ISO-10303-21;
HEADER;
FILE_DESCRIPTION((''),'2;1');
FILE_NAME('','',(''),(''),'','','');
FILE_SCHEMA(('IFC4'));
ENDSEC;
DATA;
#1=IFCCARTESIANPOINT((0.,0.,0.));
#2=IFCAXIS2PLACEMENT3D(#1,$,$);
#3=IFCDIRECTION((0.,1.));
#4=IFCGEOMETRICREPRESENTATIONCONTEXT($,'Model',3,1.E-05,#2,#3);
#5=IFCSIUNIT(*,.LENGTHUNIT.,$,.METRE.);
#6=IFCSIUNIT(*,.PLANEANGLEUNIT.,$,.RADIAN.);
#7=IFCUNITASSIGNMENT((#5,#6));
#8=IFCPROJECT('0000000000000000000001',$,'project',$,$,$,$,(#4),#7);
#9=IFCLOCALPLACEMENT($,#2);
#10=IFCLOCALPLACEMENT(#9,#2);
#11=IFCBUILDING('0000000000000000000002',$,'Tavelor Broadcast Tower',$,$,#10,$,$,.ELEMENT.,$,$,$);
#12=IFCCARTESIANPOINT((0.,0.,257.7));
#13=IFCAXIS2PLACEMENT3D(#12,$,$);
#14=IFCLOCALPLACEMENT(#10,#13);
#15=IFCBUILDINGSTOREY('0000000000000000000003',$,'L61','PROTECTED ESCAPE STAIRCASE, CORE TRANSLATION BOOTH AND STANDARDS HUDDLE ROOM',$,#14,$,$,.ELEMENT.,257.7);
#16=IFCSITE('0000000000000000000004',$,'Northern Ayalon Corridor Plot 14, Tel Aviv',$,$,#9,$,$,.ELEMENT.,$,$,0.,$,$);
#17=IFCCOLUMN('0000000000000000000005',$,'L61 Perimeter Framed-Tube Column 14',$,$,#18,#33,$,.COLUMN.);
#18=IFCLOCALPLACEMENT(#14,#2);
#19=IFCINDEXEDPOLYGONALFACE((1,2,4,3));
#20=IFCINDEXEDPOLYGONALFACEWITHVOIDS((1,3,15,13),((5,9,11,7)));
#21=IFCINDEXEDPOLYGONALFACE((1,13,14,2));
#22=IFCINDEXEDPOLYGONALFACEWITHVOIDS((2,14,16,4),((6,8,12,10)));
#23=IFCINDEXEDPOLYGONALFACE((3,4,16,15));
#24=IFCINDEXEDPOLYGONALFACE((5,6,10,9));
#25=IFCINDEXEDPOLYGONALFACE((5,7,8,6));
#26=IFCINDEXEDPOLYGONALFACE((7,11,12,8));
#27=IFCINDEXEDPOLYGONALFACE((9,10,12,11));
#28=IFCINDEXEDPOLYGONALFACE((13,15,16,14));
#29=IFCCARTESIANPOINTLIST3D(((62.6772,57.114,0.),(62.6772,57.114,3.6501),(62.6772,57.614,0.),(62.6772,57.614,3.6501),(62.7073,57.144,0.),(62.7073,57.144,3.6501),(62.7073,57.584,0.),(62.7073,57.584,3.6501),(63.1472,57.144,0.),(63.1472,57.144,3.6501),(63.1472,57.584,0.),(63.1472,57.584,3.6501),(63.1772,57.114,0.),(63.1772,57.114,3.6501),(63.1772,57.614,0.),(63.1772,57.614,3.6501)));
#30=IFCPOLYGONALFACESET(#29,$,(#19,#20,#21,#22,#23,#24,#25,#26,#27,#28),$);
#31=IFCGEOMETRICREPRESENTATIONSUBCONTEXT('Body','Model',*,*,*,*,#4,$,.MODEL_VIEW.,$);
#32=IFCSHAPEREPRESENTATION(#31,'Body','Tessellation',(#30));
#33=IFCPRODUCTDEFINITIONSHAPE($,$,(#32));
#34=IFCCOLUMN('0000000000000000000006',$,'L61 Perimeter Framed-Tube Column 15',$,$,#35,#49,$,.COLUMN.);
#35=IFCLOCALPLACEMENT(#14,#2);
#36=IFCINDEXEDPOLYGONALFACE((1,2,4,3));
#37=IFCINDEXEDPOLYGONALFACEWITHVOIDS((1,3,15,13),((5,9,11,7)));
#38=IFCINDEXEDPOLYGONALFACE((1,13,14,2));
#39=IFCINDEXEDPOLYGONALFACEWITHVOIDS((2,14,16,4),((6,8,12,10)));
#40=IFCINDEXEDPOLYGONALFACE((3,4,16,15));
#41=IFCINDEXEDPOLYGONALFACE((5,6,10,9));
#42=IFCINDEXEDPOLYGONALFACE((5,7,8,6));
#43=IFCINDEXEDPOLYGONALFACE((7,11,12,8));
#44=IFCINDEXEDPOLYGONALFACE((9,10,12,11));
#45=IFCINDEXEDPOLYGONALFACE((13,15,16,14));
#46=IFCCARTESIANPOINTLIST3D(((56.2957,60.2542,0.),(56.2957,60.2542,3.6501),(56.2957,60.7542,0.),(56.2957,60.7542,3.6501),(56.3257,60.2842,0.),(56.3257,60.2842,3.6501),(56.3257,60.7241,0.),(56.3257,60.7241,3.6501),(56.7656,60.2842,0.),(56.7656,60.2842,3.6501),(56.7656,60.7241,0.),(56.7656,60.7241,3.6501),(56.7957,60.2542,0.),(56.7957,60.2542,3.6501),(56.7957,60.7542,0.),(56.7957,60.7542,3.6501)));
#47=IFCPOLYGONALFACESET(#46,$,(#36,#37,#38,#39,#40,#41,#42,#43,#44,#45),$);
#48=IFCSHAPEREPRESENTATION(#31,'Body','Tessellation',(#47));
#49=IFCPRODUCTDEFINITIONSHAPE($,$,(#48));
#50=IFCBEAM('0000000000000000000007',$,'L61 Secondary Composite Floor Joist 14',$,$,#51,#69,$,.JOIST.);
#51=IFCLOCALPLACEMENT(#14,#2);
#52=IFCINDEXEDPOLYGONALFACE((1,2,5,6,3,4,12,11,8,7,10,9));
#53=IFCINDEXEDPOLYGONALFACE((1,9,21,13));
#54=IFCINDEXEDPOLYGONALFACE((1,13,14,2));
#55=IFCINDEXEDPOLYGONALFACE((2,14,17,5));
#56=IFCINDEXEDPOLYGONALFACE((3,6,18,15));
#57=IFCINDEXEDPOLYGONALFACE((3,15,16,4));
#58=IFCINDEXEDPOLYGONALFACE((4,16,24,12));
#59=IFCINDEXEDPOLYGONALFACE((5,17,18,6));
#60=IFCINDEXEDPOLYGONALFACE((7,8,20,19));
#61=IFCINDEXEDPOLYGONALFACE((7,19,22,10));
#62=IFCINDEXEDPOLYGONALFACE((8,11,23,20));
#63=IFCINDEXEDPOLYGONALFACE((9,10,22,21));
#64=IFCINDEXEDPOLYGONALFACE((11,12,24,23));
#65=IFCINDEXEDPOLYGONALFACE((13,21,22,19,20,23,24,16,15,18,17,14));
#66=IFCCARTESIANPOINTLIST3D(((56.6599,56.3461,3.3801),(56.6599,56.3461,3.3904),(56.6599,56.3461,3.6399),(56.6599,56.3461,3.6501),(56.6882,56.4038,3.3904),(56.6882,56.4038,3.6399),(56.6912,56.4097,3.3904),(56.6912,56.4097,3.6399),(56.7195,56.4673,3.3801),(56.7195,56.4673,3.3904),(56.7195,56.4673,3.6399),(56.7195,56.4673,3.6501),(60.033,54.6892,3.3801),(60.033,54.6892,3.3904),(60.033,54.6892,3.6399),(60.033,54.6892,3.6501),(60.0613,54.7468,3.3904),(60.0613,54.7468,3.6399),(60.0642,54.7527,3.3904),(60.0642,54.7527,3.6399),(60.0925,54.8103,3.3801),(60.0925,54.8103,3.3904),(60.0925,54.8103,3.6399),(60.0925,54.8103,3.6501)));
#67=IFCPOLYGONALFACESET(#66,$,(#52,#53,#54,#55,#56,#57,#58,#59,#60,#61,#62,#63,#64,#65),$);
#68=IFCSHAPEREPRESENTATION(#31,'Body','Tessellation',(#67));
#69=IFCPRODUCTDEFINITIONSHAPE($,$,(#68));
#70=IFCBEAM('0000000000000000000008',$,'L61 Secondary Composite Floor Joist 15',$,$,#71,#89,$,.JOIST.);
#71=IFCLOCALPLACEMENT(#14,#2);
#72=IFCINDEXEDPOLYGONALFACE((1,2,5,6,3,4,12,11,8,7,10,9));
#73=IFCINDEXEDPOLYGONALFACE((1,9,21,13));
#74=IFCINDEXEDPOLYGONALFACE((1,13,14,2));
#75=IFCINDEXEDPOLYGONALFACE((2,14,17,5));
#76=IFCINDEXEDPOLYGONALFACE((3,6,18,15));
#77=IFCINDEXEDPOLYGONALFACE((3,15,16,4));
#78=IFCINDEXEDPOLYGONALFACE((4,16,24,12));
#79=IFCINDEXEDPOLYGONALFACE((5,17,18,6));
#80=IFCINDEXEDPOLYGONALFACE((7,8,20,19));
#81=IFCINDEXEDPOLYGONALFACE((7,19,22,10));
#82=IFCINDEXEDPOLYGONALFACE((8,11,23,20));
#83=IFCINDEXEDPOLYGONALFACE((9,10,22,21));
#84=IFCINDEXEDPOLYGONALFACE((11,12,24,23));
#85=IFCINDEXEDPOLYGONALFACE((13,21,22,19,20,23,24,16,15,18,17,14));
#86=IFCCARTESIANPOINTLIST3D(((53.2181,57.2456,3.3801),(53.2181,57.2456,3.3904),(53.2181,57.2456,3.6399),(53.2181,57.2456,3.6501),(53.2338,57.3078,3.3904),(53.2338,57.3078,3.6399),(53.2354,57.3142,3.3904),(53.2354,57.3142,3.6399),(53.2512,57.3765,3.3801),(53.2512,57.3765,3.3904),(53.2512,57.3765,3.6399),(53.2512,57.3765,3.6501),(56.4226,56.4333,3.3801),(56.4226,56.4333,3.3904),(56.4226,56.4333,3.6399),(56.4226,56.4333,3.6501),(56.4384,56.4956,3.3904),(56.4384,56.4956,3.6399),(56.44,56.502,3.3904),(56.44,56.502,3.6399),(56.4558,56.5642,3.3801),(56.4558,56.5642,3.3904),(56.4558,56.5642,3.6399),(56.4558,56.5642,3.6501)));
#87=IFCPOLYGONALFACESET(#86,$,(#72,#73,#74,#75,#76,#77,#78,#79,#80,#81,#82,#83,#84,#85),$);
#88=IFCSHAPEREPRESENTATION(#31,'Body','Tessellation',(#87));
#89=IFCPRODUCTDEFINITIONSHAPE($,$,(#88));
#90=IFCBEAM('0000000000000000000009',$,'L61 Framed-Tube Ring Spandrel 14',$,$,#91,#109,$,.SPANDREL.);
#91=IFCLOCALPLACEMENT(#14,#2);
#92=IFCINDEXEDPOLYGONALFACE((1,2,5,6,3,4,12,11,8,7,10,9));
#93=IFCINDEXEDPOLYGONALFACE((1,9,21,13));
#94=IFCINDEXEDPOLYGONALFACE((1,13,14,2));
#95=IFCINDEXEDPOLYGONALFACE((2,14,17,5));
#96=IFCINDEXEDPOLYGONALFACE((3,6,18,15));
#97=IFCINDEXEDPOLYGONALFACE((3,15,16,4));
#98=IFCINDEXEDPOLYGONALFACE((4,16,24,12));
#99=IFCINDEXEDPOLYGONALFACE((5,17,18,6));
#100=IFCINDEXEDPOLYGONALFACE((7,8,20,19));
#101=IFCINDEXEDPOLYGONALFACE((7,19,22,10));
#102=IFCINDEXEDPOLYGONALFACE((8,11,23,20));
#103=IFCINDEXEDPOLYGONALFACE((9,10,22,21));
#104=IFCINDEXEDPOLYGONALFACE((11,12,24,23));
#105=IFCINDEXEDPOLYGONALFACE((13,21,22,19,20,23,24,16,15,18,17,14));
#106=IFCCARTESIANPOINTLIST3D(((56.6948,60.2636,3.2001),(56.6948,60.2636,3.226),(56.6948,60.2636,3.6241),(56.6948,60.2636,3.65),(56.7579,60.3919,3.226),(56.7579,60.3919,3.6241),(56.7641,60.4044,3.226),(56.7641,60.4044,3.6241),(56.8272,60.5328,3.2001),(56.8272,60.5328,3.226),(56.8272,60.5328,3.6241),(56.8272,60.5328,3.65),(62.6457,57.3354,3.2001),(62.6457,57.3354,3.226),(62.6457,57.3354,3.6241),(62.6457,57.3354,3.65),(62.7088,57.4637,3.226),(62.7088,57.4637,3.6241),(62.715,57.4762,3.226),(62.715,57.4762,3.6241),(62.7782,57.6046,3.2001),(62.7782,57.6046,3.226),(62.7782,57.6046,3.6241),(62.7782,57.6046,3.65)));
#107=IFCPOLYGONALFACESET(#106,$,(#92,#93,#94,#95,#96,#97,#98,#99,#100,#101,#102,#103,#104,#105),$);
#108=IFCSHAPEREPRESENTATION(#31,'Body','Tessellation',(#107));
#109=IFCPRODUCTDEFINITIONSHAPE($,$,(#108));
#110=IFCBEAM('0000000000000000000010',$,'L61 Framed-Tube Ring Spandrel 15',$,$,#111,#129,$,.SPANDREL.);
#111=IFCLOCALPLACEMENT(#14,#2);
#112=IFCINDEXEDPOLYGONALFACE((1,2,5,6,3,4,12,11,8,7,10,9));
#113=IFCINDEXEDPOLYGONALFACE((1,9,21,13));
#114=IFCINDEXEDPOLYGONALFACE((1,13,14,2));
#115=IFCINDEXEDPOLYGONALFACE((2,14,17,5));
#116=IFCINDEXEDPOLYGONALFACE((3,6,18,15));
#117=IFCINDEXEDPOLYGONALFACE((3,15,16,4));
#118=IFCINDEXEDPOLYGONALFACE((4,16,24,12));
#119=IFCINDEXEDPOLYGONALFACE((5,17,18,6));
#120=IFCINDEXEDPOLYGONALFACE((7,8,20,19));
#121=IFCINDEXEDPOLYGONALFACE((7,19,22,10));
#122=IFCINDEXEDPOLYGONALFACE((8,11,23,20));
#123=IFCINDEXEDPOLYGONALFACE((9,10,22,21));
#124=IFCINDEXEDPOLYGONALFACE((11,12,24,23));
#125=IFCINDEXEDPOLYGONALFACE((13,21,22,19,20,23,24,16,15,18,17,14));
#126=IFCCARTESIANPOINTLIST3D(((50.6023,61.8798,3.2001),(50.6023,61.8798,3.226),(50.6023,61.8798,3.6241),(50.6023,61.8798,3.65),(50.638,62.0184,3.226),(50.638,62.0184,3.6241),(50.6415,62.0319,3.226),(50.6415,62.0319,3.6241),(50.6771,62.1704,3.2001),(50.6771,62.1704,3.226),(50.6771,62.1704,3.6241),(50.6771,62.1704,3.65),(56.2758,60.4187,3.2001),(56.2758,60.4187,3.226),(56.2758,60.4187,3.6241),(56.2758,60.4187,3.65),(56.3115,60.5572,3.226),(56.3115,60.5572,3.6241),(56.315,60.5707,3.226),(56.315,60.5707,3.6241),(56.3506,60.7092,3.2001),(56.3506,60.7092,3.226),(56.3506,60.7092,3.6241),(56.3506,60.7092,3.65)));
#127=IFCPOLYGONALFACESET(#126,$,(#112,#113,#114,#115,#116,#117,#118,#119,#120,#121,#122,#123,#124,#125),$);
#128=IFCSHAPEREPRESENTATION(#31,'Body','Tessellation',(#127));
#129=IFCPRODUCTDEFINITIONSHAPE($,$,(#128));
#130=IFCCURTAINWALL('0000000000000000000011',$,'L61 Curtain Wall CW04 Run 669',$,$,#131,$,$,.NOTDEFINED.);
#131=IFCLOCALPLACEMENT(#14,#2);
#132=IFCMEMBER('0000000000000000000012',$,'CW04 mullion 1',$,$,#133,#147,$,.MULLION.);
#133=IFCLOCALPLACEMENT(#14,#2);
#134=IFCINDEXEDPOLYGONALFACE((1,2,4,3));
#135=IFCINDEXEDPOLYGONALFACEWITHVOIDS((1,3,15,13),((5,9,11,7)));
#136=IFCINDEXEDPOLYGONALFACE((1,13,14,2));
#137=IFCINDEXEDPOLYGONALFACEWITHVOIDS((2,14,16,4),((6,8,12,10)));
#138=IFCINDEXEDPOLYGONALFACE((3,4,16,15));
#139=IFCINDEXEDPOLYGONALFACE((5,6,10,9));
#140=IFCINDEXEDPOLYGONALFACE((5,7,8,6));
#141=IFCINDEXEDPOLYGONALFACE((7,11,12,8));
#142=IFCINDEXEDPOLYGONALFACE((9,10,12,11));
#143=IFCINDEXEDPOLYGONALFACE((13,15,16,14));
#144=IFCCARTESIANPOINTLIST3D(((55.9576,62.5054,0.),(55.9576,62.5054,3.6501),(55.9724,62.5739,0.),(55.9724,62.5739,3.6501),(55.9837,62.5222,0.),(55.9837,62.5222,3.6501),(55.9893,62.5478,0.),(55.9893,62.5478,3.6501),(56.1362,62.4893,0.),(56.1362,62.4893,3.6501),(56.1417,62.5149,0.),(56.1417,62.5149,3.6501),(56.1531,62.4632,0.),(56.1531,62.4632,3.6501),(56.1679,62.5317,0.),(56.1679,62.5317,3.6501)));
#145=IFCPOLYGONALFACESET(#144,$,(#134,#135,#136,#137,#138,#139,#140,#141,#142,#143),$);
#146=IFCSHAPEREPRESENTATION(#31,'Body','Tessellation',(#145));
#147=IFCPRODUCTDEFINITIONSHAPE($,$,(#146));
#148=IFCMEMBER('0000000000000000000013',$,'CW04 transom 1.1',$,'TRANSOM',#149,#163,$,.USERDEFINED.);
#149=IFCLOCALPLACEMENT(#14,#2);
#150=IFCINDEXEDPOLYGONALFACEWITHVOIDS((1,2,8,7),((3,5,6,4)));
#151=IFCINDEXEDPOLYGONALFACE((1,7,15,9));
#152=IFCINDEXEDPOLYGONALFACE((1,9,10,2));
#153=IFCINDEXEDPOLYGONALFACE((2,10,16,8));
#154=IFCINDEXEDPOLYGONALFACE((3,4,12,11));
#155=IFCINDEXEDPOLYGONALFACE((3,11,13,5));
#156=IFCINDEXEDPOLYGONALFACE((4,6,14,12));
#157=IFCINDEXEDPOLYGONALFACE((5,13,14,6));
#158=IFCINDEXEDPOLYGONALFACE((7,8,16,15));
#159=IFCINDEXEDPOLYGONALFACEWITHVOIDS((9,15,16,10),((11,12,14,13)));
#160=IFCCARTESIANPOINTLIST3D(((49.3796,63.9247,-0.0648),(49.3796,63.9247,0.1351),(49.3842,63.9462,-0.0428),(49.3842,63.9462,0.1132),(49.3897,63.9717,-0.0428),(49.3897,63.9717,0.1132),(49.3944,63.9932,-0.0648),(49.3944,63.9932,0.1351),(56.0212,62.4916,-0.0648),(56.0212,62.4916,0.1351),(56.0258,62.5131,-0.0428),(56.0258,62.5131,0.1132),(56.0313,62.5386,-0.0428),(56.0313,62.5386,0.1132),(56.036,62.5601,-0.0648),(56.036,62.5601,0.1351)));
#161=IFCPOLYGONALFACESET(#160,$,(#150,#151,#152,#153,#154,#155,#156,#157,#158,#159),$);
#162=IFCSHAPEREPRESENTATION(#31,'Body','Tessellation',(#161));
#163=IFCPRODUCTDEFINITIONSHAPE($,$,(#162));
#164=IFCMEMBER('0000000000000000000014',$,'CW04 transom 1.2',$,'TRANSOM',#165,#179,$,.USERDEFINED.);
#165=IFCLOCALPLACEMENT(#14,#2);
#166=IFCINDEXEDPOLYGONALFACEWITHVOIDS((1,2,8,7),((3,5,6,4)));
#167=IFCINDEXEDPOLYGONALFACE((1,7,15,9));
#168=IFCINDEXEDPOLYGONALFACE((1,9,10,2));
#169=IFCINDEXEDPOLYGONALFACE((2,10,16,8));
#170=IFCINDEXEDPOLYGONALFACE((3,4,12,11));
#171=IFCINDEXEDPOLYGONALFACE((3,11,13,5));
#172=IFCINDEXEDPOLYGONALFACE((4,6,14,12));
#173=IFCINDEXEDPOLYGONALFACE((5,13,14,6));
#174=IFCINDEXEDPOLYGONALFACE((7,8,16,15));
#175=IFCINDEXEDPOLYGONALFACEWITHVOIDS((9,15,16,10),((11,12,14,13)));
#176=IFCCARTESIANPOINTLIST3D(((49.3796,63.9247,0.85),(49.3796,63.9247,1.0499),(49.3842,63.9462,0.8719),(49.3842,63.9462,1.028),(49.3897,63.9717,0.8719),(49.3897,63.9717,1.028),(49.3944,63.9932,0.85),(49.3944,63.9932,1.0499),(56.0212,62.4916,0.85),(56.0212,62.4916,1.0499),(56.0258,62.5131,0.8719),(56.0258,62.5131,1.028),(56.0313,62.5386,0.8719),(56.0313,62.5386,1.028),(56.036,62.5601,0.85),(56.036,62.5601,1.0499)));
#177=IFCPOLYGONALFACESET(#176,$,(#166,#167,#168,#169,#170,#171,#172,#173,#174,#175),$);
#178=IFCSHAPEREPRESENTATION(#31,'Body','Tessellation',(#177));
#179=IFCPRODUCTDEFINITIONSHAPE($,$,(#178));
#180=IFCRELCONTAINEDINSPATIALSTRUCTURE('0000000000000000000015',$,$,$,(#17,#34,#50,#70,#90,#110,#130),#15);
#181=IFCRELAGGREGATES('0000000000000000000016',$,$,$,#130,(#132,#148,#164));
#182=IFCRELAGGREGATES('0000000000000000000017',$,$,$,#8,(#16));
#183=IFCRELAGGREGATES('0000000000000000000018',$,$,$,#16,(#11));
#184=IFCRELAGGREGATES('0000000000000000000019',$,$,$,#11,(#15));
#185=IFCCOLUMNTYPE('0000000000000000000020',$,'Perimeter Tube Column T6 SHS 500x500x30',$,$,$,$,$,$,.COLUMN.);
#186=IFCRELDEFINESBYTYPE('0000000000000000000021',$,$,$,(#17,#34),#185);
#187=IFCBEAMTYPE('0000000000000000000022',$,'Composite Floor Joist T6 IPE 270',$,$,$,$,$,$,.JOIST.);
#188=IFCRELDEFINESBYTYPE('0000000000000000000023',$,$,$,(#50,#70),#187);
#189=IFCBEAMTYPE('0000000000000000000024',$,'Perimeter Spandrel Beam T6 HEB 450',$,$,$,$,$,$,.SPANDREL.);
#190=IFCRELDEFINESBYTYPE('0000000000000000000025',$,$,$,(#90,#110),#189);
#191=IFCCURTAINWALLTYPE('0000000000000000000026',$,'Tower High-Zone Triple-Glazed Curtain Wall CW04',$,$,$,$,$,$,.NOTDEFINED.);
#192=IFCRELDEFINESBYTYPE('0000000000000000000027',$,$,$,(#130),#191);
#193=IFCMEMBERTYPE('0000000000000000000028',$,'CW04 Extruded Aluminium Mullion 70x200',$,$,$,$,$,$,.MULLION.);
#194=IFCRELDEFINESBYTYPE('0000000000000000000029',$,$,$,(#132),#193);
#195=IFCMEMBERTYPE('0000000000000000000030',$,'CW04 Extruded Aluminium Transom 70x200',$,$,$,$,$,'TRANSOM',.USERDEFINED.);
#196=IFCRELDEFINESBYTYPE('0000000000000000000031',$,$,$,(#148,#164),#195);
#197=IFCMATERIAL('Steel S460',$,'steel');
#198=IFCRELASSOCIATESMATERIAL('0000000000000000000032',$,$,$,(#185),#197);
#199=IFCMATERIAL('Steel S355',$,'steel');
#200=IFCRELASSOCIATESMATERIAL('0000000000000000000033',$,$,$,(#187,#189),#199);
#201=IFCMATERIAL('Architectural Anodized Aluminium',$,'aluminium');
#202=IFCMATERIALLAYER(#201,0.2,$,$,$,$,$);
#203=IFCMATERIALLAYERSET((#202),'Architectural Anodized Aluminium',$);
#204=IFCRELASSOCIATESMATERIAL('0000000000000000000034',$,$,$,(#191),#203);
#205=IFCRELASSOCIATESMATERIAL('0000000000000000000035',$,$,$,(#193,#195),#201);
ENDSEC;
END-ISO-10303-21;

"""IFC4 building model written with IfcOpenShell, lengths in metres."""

from ifc_helpers import new_model, si_unit, direction, frame, origin, origin_2d, place, context, subcontext, project, spatial, hollow_rectangle, i_section, extrude, source, transform, mapped, material, layer, layer_set, material_profile, profile_set, type_object, type_shapes, element, aggregate, save


model = new_model("IFC4")

# Units and contexts
model_context = context("Model", 3, precision=1e-05, world=origin(), true_north=direction((0.0, 1.0)))
body_context = subcontext(model_context, "Body", "Model", "MODEL_VIEW")
ifc_project = project(units=[si_unit("LENGTHUNIT", "METRE"), si_unit("PLANEANGLEUNIT", "RADIAN")], contexts=[model_context])

# Site, building, storey
site_placement = place(None, origin())
site = spatial("IfcSite", under=ifc_project, at=site_placement, Name="Northern Ayalon Corridor Plot 14, Tel Aviv", CompositionType="ELEMENT", RefElevation=0.0)
building_placement = place(site_placement, origin())
building = spatial("IfcBuilding", under=site, at=building_placement, Name="Tavelor Broadcast Tower", CompositionType="ELEMENT")
storey_placement = place(building_placement, frame((0.0, 0.0, 257.7)))
storey = spatial("IfcBuildingStorey", under=building, at=storey_placement, Name="L61", Description="PROTECTED ESCAPE STAIRCASE, CORE TRANSLATION BOOTH AND STANDARDS HUDDLE ROOM", CompositionType="ELEMENT", Elevation=257.7)

# Columns
ifc_material_1 = material(Name="Steel S460", Category="steel")
ifc_material_profile_1 = material_profile(ifc_material_1, hollow_rectangle(XDim=0.5, YDim=0.5, WallThickness=0.03, at=origin_2d()), Name="SHS 500x500x30")
ifc_profile_set_1 = profile_set([ifc_material_profile_1], Name="Steel S460")
column_type = type_object("IfcColumnType", Name="Perimeter Tube Column T6 SHS 500x500x30", PredefinedType="COLUMN", material=ifc_profile_set_1)
for number, where, z_axis, x_axis, name in (
    (1, (62.9272, 57.364, 0.0), (0.0, 0.0, 1.0), (1.0, 0.0, 0.0), "L61 Perimeter Framed-Tube Column 14"),
    (2, (56.5457, 60.5042, 0.0), (0.0, 0.0, 1.0), (1.0, 0.0, 0.0), "L61 Perimeter Framed-Tube Column 15"),
):
    element("IfcColumn", number, at=place(storey_placement, frame(where, z_axis=z_axis, x_axis=x_axis)), inside=storey, type_object=column_type, Name=name, PredefinedType="COLUMN", context=body_context, shape_type="SweptSolid", body=[
        extrude(hollow_rectangle(XDim=0.5, YDim=0.5, WallThickness=0.03, at=origin_2d()), origin(), (0.0, 0.0, 1.0), 3.6501),
    ])

# Beams
ifc_material_2 = material(Name="Steel S355", Category="steel")
ifc_material_profile_2 = material_profile(ifc_material_2, i_section(OverallWidth=0.135, OverallDepth=0.27, WebThickness=0.0066, FlangeThickness=0.0103, at=origin_2d()), Name="IPE 270")
ifc_profile_set_2 = profile_set([ifc_material_profile_2], Name="Steel S355")
beam_type_1 = type_object("IfcBeamType", Name="Composite Floor Joist T6 IPE 270", PredefinedType="JOIST", material=ifc_profile_set_2)
beam_1_placement = place(storey_placement, frame((60.0627, 54.7498, 3.5151), z_axis=(-0.897549, 0.440914, 0.0), x_axis=(-0.440914, -0.897549, 0.0)))
element("IfcBeam", 3, at=beam_1_placement, inside=storey, type_object=beam_type_1, Name="L61 Secondary Composite Floor Joist 14", PredefinedType="JOIST", context=body_context, shape_type="SweptSolid", body=[
    extrude(i_section(OverallWidth=0.135, OverallDepth=0.27, WebThickness=0.0066, FlangeThickness=0.0103, at=origin_2d()), origin(), (0.0, 0.0, 1.0), 3.7581),
])
beam_2_placement = place(storey_placement, frame((56.4392, 56.4988, 3.5151), z_axis=(-0.969347, 0.245697, 0.0), x_axis=(-0.245697, -0.969347, 0.0)))
element("IfcBeam", 4, at=beam_2_placement, inside=storey, type_object=beam_type_1, Name="L61 Secondary Composite Floor Joist 15", PredefinedType="JOIST", context=body_context, shape_type="SweptSolid", body=[
    extrude(i_section(OverallWidth=0.135, OverallDepth=0.27, WebThickness=0.0066, FlangeThickness=0.0103, at=origin_2d()), origin(), (0.0, 0.0, 1.0), 3.3059),
])
ifc_material_profile_3 = material_profile(ifc_material_2, i_section(OverallWidth=0.3, OverallDepth=0.45, WebThickness=0.0139, FlangeThickness=0.0259, at=origin_2d()), Name="HEB 450")
ifc_profile_set_3 = profile_set([ifc_material_profile_3], Name="Steel S355")
beam_type_2 = type_object("IfcBeamType", Name="Perimeter Spandrel Beam T6 HEB 450", PredefinedType="SPANDREL", material=ifc_profile_set_3)
beam_3_placement = place(storey_placement, frame((62.7119, 57.47, 3.425), z_axis=(-0.897258, 0.441506, 0.0), x_axis=(-0.441506, -0.897258, 0.0)))
element("IfcBeam", 5, at=beam_3_placement, inside=storey, type_object=beam_type_2, Name="L61 Framed-Tube Ring Spandrel 14", PredefinedType="SPANDREL", context=body_context, shape_type="SweptSolid", body=[
    extrude(i_section(OverallWidth=0.3, OverallDepth=0.45, WebThickness=0.0139, FlangeThickness=0.0259, at=origin_2d()), origin(), (0.0, 0.0, 1.0), 6.6323),
])
beam_4_placement = place(storey_placement, frame((56.3132, 60.564, 3.425), z_axis=(-0.9684, 0.249403, 0.0), x_axis=(-0.249403, -0.9684, 0.0)))
element("IfcBeam", 6, at=beam_4_placement, inside=storey, type_object=beam_type_2, Name="L61 Framed-Tube Ring Spandrel 15", PredefinedType="SPANDREL", context=body_context, shape_type="SweptSolid", body=[
    extrude(i_section(OverallWidth=0.3, OverallDepth=0.45, WebThickness=0.0139, FlangeThickness=0.0259, at=origin_2d()), origin(), (0.0, 0.0, 1.0), 5.8586),
])

# Curtain wall, members
ifc_material_3 = material(Name="Architectural Anodized Aluminium", Category="aluminium")
ifc_layer_1 = layer(ifc_material_3, 0.2)
ifc_layer_set_1 = layer_set([ifc_layer_1], Name="Architectural Anodized Aluminium")
curtain_wall_type = type_object("IfcCurtainWallType", Name="Tower High-Zone Triple-Glazed Curtain Wall CW04", PredefinedType="NOTDEFINED", material=ifc_layer_set_1)
curtain_wall_placement = place(storey_placement, origin())
curtain_wall = element("IfcCurtainWall", 7, at=curtain_wall_placement, inside=storey, type_object=curtain_wall_type, Name="L61 Curtain Wall CW04 Run 669", PredefinedType="NOTDEFINED")
ifc_material_profile_4 = material_profile(ifc_material_3, hollow_rectangle(XDim=0.0701, YDim=0.2, WallThickness=0.022, at=origin_2d()), Name="RHS 70x200x22")
ifc_profile_set_4 = profile_set([ifc_material_profile_4], Name="Architectural Anodized Aluminium")
member_type_1 = type_object("IfcMemberType", Name="CW04 Extruded Aluminium Mullion 70x200", PredefinedType="MULLION", material=ifc_profile_set_4)
shared_shape_1 = source(origin(), body_context, "Body", "SweptSolid", [
    extrude(hollow_rectangle(XDim=0.0701, YDim=0.2, WallThickness=0.022, at=origin_2d()), origin(), (0.0, 0.0, 1.0), 3.6501),
])
type_shapes(member_type_1, [shared_shape_1])
member_1_placement = place(storey_placement, frame((56.0627, 62.5186, 0.0), z_axis=(0.0, 0.0, 1.0), x_axis=(-0.210919, -0.977503, 0.0)))
member_1 = element("IfcMember", 8, at=member_1_placement, type_object=member_type_1, Name="CW04 mullion 1", PredefinedType="MULLION", context=body_context, shape_type="MappedRepresentation", body=[
    mapped(shared_shape_1, transform((0.0, 0.0, 0.0), scale=1.0)),
])
ifc_material_profile_5 = material_profile(ifc_material_3, hollow_rectangle(XDim=0.0701, YDim=0.2, WallThickness=0.022, at=origin_2d()), Name="RHS 70x200x22")
ifc_profile_set_5 = profile_set([ifc_material_profile_5], Name="Architectural Anodized Aluminium")
member_type_2 = type_object("IfcMemberType", Name="CW04 Extruded Aluminium Transom 70x200", ElementType="TRANSOM", PredefinedType="USERDEFINED", material=ifc_profile_set_5)
shared_shape_2 = source(origin(), body_context, "Body", "SweptSolid", [
    extrude(hollow_rectangle(XDim=0.0701, YDim=0.2, WallThickness=0.022, at=origin_2d()), origin(), (0.0, 0.0, 1.0), 6.7944),
])
type_shapes(member_type_2, [shared_shape_2])
member_2_placement = place(storey_placement, frame((56.0286, 62.5259, 0.0352), z_axis=(-0.977503, 0.210923, 0.0), x_axis=(-0.210923, -0.977503, 0.0)))
member_2 = element("IfcMember", 9, at=member_2_placement, type_object=member_type_2, Name="CW04 transom 1.1", ObjectType="TRANSOM", PredefinedType="USERDEFINED", context=body_context, shape_type="MappedRepresentation", body=[
    mapped(shared_shape_2, transform((0.0, 0.0, 0.0), scale=1.0)),
])
member_3_placement = place(storey_placement, frame((56.0286, 62.5259, 0.95), z_axis=(-0.977503, 0.210923, 0.0), x_axis=(-0.210923, -0.977503, 0.0)))
member_3 = element("IfcMember", 10, at=member_3_placement, type_object=member_type_2, Name="CW04 transom 1.2", ObjectType="TRANSOM", PredefinedType="USERDEFINED", context=body_context, shape_type="MappedRepresentation", body=[
    mapped(shared_shape_2, transform((0.0, 0.0, 0.0), scale=1.0)),
])
aggregate(curtain_wall, [member_1, member_2, member_3])

save(model, "model.ifc")
